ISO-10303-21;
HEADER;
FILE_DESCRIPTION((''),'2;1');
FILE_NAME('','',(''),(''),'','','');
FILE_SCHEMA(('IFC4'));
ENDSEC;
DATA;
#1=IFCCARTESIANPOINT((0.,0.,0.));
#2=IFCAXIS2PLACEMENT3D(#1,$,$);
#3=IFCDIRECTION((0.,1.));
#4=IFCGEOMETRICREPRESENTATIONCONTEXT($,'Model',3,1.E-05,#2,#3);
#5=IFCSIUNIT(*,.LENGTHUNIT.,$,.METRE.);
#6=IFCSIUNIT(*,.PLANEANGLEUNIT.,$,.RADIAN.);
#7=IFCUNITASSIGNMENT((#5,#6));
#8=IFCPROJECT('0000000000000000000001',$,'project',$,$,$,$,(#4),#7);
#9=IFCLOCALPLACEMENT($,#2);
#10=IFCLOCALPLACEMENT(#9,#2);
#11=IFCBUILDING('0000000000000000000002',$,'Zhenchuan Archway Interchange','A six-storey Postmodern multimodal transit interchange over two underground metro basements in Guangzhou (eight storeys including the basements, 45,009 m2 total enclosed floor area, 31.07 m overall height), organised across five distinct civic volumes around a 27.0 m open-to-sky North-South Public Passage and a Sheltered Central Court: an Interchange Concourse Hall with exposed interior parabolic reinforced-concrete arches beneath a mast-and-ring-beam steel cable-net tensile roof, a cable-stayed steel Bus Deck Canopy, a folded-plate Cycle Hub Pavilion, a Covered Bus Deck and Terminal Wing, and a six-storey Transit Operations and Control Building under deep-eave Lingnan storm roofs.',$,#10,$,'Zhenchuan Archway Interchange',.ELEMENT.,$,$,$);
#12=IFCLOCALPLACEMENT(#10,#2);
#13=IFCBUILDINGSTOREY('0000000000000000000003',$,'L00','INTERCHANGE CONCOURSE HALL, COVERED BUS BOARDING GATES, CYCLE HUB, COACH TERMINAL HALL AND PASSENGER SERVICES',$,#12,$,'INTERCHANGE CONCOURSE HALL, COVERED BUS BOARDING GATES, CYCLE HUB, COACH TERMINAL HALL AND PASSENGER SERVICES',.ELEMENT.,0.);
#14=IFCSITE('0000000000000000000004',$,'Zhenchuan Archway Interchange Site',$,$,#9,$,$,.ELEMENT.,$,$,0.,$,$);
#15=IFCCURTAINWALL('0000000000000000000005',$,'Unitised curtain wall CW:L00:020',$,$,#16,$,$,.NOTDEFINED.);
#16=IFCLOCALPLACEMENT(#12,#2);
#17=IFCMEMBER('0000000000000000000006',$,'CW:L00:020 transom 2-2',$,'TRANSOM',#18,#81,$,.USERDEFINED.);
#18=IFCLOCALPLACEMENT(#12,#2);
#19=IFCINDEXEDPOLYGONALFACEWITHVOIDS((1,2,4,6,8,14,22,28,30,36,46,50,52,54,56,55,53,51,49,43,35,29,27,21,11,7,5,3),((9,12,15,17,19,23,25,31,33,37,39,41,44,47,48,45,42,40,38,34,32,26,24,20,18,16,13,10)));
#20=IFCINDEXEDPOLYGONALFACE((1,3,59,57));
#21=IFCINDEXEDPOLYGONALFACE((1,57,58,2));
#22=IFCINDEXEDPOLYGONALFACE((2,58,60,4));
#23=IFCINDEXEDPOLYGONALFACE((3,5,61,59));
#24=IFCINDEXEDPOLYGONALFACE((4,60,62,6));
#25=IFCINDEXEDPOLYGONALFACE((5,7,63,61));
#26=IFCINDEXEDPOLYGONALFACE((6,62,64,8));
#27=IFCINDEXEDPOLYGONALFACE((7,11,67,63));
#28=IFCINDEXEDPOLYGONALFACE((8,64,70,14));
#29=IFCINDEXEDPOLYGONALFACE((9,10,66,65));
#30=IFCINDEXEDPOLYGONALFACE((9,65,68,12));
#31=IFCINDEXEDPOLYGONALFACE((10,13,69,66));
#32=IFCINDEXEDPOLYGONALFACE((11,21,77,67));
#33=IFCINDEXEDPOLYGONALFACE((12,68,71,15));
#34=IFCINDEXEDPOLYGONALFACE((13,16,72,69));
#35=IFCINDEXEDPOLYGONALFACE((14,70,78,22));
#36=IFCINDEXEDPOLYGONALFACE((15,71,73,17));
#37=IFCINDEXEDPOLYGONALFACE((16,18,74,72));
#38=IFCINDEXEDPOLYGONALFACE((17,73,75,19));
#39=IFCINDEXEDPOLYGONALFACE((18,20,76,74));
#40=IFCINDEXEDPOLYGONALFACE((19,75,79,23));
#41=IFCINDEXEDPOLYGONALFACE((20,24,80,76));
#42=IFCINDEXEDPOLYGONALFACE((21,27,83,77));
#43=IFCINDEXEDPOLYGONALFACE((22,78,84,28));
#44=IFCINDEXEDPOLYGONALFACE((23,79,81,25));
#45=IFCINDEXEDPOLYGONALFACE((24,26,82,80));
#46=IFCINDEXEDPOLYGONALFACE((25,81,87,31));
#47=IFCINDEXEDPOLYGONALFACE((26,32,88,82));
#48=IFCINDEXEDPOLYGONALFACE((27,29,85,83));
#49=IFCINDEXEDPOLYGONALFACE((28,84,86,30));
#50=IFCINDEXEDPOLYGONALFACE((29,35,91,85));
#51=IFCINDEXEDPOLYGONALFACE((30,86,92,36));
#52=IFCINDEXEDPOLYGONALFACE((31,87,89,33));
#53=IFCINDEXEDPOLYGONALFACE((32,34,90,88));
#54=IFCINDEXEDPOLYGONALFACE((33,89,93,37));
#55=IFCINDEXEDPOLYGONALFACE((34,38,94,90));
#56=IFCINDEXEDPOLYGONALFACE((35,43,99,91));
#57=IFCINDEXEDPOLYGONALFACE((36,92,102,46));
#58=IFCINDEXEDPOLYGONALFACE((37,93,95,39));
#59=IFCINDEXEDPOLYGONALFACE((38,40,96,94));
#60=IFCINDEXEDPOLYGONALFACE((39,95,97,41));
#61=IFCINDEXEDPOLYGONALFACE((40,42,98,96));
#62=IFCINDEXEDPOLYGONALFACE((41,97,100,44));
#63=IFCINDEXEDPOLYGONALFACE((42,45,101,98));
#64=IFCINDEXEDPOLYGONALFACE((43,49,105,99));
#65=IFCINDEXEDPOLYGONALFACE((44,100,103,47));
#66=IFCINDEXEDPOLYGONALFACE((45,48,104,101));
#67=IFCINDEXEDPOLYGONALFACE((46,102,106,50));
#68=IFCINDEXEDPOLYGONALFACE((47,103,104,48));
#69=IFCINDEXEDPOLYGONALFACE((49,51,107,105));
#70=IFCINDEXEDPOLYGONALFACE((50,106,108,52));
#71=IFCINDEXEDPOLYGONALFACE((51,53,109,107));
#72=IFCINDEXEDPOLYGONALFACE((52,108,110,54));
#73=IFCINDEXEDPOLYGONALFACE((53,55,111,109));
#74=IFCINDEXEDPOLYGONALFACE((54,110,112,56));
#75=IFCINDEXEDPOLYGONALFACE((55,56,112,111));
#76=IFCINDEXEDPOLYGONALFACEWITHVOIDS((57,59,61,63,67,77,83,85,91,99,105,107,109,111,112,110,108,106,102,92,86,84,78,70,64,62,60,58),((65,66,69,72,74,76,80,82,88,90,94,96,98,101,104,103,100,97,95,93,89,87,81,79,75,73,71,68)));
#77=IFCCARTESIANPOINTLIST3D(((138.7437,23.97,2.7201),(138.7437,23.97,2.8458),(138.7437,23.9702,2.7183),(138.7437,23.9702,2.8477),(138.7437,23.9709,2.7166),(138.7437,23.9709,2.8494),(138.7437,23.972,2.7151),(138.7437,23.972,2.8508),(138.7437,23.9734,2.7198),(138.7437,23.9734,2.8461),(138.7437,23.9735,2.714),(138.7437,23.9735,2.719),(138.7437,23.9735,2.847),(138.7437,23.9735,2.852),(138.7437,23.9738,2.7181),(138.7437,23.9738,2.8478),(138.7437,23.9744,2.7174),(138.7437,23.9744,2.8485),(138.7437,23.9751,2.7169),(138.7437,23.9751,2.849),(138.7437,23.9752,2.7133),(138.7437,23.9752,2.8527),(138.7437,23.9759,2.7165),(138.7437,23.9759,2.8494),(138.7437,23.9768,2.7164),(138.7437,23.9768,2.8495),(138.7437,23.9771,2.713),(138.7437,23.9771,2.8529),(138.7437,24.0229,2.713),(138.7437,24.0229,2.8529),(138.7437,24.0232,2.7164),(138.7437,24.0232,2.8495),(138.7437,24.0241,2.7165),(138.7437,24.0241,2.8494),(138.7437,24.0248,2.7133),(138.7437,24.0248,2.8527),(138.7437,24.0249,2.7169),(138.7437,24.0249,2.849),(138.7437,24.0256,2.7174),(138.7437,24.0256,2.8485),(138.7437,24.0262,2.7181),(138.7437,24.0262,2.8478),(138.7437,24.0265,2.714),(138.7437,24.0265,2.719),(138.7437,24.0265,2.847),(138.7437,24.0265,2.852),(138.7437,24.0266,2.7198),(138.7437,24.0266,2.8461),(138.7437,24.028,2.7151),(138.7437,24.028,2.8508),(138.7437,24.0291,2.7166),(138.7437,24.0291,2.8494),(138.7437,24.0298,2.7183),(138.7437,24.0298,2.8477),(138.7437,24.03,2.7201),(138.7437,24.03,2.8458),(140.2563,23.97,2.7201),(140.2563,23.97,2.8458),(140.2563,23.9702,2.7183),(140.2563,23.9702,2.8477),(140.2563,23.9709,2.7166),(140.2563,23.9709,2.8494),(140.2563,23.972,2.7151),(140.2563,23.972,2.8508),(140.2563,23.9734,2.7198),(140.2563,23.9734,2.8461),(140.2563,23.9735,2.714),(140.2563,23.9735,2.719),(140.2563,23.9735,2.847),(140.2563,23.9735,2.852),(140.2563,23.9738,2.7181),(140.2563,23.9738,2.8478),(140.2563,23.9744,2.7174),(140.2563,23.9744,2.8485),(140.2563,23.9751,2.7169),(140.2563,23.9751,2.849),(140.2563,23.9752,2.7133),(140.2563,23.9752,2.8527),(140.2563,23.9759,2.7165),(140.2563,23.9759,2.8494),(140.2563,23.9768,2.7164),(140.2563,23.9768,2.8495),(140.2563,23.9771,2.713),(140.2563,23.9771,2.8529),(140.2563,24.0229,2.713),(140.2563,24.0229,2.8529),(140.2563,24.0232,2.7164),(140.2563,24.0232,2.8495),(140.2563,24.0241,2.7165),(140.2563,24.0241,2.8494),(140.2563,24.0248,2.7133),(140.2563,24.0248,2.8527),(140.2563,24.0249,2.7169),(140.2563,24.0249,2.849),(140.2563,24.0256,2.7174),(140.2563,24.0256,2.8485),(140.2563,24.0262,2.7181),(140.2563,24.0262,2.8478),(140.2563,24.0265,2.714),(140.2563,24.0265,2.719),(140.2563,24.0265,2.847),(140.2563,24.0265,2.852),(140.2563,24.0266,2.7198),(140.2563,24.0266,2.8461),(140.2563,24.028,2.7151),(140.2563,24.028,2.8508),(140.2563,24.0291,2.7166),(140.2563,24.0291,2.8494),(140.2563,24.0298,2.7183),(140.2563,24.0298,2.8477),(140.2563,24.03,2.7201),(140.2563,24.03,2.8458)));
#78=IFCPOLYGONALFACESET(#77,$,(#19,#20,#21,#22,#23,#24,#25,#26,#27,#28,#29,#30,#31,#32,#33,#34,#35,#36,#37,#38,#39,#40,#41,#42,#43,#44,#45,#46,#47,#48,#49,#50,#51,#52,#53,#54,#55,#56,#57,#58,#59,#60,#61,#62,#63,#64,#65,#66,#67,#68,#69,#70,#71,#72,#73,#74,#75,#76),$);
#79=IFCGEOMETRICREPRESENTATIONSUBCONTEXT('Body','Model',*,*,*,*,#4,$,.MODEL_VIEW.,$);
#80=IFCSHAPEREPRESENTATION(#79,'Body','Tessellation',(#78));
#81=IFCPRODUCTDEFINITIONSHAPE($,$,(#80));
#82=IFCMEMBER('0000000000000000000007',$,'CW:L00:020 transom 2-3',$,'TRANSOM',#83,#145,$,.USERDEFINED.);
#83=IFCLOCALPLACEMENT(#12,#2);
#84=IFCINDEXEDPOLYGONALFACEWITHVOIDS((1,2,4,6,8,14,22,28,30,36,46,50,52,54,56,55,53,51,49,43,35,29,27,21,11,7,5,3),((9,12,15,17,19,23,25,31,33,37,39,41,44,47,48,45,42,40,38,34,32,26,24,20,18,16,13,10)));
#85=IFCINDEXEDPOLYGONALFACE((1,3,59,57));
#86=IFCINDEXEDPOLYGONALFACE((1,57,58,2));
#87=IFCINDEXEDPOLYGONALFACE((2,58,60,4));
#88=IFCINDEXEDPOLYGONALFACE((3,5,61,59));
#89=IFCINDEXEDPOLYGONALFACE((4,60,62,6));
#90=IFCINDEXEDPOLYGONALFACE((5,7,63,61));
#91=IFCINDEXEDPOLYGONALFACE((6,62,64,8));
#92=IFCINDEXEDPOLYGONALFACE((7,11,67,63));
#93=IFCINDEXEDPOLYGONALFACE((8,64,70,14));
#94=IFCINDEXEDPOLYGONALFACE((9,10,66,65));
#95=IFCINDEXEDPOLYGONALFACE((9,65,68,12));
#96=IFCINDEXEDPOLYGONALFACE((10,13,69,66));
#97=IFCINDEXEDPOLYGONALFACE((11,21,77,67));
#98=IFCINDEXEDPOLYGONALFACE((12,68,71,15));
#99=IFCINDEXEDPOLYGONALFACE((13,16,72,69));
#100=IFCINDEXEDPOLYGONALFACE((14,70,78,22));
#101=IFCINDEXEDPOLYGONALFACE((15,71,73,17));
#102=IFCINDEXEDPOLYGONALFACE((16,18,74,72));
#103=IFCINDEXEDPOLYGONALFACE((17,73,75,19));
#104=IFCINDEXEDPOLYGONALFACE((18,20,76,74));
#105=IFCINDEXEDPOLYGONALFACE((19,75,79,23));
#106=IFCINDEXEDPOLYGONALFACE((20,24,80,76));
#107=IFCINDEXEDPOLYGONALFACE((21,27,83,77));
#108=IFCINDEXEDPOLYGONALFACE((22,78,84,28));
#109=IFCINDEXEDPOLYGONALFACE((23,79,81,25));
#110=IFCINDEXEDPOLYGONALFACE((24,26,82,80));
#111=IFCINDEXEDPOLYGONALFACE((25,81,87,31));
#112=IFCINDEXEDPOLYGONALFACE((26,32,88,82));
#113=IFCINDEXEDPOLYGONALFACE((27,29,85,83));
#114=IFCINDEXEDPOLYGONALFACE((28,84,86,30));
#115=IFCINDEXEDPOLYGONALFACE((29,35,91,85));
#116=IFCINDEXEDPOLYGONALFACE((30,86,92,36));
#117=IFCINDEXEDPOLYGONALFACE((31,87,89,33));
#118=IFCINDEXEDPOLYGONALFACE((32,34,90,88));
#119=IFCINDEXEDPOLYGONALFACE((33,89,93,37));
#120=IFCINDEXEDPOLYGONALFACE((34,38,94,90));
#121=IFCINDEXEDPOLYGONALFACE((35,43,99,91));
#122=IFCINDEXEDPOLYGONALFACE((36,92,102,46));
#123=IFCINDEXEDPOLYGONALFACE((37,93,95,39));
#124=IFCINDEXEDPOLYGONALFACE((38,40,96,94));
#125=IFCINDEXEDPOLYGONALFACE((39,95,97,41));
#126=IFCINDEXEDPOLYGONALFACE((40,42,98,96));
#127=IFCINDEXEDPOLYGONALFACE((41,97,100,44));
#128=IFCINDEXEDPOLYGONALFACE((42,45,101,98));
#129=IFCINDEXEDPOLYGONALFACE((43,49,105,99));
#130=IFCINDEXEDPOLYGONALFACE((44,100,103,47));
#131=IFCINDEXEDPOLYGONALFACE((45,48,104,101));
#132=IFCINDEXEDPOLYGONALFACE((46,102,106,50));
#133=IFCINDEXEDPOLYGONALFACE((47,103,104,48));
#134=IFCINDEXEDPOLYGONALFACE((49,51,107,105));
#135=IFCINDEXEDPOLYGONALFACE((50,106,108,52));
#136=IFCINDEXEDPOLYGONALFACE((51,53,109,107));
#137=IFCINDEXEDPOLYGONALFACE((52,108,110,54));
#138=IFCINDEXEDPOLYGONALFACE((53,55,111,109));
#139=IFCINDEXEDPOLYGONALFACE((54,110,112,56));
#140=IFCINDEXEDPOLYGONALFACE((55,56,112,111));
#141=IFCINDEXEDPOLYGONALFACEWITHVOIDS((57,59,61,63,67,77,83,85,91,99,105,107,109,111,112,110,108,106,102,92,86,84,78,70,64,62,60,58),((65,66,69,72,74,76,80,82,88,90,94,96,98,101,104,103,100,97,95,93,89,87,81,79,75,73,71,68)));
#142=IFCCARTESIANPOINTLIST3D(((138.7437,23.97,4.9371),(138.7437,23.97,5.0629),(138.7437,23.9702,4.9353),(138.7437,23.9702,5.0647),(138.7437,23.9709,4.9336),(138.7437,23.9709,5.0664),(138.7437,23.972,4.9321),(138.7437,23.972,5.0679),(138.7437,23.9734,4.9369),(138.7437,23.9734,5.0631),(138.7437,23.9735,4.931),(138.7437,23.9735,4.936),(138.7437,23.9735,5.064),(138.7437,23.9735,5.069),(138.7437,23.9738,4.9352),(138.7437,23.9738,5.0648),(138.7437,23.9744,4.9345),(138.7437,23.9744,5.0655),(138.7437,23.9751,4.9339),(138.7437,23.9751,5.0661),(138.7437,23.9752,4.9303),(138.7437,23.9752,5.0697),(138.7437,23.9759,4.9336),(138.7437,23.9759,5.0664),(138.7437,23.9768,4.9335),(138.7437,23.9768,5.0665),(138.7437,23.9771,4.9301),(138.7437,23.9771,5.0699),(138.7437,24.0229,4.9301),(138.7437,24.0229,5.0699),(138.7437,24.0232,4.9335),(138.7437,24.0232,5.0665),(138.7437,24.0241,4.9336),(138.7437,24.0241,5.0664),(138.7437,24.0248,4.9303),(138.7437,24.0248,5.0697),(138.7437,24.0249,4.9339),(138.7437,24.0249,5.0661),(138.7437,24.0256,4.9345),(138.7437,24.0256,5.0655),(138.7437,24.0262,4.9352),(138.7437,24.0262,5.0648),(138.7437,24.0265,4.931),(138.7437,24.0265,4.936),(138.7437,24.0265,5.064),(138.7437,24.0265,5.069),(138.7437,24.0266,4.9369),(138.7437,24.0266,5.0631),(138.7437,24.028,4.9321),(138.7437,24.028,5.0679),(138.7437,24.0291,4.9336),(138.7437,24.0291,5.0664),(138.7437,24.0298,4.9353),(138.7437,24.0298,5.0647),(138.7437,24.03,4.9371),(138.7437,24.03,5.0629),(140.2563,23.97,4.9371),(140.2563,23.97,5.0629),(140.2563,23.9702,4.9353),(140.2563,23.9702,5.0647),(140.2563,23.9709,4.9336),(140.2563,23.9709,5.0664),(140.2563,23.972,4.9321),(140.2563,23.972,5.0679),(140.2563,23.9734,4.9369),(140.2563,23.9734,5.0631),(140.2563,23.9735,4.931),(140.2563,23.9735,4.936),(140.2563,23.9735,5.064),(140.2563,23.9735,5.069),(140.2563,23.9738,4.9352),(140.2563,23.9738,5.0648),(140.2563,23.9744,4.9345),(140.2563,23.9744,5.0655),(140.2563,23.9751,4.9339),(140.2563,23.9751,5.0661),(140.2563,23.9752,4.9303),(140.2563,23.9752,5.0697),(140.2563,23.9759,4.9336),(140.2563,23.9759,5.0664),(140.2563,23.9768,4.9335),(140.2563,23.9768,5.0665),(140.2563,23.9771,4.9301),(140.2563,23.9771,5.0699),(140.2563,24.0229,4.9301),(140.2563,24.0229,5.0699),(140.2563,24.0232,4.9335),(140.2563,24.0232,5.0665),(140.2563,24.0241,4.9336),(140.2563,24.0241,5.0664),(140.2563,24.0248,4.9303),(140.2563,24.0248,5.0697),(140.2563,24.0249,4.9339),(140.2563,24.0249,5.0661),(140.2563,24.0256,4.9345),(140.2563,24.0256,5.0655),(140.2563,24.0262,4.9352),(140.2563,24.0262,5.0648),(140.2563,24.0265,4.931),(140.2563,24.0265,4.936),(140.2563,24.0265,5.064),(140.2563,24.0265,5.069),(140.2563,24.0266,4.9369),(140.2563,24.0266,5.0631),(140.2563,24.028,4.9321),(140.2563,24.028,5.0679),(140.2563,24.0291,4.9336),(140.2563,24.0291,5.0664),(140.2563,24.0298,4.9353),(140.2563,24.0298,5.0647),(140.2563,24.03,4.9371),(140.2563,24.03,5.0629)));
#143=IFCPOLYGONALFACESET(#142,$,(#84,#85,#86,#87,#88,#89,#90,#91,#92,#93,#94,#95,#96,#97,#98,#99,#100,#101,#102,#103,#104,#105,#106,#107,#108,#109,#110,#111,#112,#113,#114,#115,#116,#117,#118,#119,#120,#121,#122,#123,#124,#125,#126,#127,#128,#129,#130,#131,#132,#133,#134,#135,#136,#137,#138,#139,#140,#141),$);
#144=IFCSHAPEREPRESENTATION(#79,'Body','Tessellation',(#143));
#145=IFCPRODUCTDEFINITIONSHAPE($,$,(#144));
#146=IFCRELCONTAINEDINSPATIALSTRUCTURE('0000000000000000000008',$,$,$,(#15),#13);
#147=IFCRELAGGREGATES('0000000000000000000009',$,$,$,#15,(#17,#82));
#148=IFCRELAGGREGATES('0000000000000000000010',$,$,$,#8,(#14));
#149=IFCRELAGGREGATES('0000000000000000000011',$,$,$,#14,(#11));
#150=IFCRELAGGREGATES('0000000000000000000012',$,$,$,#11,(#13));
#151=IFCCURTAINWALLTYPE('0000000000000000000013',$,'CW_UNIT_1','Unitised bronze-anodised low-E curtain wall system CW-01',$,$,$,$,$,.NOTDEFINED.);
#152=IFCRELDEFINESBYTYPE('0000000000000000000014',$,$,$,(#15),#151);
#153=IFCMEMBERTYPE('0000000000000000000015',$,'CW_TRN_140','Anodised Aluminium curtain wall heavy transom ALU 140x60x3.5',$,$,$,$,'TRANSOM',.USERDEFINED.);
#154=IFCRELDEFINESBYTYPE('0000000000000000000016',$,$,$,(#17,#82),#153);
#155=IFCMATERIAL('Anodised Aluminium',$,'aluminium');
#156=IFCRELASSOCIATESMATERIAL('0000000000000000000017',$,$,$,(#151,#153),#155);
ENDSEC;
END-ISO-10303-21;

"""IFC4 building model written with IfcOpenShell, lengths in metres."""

from ifc_helpers import new_model, si_unit, direction, frame, origin, origin_2d, place, context, subcontext, project, spatial, hollow_rectangle, extrude, material, material_profile, profile_set, type_object, element, aggregate, save


model = new_model("IFC4")

# Units and contexts
model_context = context("Model", 3, precision=1e-05, world=origin(), true_north=direction((0.0, 1.0)))
body_context = subcontext(model_context, "Body", "Model", "MODEL_VIEW")
ifc_project = project(units=[si_unit("LENGTHUNIT", "METRE"), si_unit("PLANEANGLEUNIT", "RADIAN")], contexts=[model_context])

# Site, building, storey
site_placement = place(None, origin())
site = spatial("IfcSite", under=ifc_project, at=site_placement, Name="Zhenchuan Archway Interchange Site", CompositionType="ELEMENT", RefElevation=0.0)
building_placement = place(site_placement, origin())
building = spatial("IfcBuilding", under=site, at=building_placement, Name="Zhenchuan Archway Interchange", Description="A six-storey Postmodern multimodal transit interchange over two underground metro basements in Guangzhou (eight storeys including the basements, 45,009 m2 total enclosed floor area, 31.07 m overall height), organised across five distinct civic volumes around a 27.0 m open-to-sky North-South Public Passage and a Sheltered Central Court: an Interchange Concourse Hall with exposed interior parabolic reinforced-concrete arches beneath a mast-and-ring-beam steel cable-net tensile roof, a cable-stayed steel Bus Deck Canopy, a folded-plate Cycle Hub Pavilion, a Covered Bus Deck and Terminal Wing, and a six-storey Transit Operations and Control Building under deep-eave Lingnan storm roofs.", LongName="Zhenchuan Archway Interchange", CompositionType="ELEMENT")
storey_placement = place(building_placement, origin())
storey = spatial("IfcBuildingStorey", under=building, at=storey_placement, Name="L00", Description="INTERCHANGE CONCOURSE HALL, COVERED BUS BOARDING GATES, CYCLE HUB, COACH TERMINAL HALL AND PASSENGER SERVICES", LongName="INTERCHANGE CONCOURSE HALL, COVERED BUS BOARDING GATES, CYCLE HUB, COACH TERMINAL HALL AND PASSENGER SERVICES", CompositionType="ELEMENT", Elevation=0.0)

# Curtain wall, members
ifc_material_1 = material(Name="Anodised Aluminium", Category="aluminium")
curtain_wall_type = type_object("IfcCurtainWallType", Name="CW_UNIT_1", Description="Unitised bronze-anodised low-E curtain wall system CW-01", PredefinedType="NOTDEFINED", material=ifc_material_1)
curtain_wall_placement = place(storey_placement, origin())
curtain_wall = element("IfcCurtainWall", 1, at=curtain_wall_placement, inside=storey, type_object=curtain_wall_type, Name="Unitised curtain wall CW:L00:020", PredefinedType="NOTDEFINED")
ifc_material_profile_1 = material_profile(ifc_material_1, hollow_rectangle(XDim=0.0601, YDim=0.1399, WallThickness=0.0034, InnerFilletRadius=0.0034, OuterFilletRadius=0.0071, at=origin_2d()), Name="ALU 140x60x3.5")
ifc_profile_set_1 = profile_set([ifc_material_profile_1], Name="Anodised Aluminium")
member_type_1 = type_object("IfcMemberType", Name="CW_TRN_140", Description="Anodised Aluminium curtain wall heavy transom ALU 140x60x3.5", ElementType="TRANSOM", PredefinedType="USERDEFINED", material=ifc_profile_set_1)
member_1_placement = place(storey_placement, frame((138.7437, 24.0, 2.783), z_axis=(1.0, 0.0, 0.0), x_axis=(0.0, 1.0, 0.0)))
member_1 = element("IfcMember", 2, at=member_1_placement, type_object=member_type_1, Name="CW:L00:020 transom 2-2", ObjectType="TRANSOM", PredefinedType="USERDEFINED", context=body_context, shape_type="SweptSolid", body=[
    extrude(hollow_rectangle(XDim=0.0601, YDim=0.1399, WallThickness=0.0034, InnerFilletRadius=0.0034, OuterFilletRadius=0.0071, at=origin_2d()), origin(), (0.0, 0.0, 1.0), 1.5127),
])
member_2_placement = place(storey_placement, frame((138.7437, 24.0, 5.0), z_axis=(1.0, 0.0, 0.0), x_axis=(0.0, 1.0, 0.0)))
member_2 = element("IfcMember", 3, at=member_2_placement, type_object=member_type_1, Name="CW:L00:020 transom 2-3", ObjectType="TRANSOM", PredefinedType="USERDEFINED", context=body_context, shape_type="SweptSolid", body=[
    extrude(hollow_rectangle(XDim=0.0601, YDim=0.1399, WallThickness=0.0034, InnerFilletRadius=0.0034, OuterFilletRadius=0.0071, at=origin_2d()), origin(), (0.0, 0.0, 1.0), 1.5127),
])
aggregate(curtain_wall, [member_1, member_2])

save(model, "model.ifc")
